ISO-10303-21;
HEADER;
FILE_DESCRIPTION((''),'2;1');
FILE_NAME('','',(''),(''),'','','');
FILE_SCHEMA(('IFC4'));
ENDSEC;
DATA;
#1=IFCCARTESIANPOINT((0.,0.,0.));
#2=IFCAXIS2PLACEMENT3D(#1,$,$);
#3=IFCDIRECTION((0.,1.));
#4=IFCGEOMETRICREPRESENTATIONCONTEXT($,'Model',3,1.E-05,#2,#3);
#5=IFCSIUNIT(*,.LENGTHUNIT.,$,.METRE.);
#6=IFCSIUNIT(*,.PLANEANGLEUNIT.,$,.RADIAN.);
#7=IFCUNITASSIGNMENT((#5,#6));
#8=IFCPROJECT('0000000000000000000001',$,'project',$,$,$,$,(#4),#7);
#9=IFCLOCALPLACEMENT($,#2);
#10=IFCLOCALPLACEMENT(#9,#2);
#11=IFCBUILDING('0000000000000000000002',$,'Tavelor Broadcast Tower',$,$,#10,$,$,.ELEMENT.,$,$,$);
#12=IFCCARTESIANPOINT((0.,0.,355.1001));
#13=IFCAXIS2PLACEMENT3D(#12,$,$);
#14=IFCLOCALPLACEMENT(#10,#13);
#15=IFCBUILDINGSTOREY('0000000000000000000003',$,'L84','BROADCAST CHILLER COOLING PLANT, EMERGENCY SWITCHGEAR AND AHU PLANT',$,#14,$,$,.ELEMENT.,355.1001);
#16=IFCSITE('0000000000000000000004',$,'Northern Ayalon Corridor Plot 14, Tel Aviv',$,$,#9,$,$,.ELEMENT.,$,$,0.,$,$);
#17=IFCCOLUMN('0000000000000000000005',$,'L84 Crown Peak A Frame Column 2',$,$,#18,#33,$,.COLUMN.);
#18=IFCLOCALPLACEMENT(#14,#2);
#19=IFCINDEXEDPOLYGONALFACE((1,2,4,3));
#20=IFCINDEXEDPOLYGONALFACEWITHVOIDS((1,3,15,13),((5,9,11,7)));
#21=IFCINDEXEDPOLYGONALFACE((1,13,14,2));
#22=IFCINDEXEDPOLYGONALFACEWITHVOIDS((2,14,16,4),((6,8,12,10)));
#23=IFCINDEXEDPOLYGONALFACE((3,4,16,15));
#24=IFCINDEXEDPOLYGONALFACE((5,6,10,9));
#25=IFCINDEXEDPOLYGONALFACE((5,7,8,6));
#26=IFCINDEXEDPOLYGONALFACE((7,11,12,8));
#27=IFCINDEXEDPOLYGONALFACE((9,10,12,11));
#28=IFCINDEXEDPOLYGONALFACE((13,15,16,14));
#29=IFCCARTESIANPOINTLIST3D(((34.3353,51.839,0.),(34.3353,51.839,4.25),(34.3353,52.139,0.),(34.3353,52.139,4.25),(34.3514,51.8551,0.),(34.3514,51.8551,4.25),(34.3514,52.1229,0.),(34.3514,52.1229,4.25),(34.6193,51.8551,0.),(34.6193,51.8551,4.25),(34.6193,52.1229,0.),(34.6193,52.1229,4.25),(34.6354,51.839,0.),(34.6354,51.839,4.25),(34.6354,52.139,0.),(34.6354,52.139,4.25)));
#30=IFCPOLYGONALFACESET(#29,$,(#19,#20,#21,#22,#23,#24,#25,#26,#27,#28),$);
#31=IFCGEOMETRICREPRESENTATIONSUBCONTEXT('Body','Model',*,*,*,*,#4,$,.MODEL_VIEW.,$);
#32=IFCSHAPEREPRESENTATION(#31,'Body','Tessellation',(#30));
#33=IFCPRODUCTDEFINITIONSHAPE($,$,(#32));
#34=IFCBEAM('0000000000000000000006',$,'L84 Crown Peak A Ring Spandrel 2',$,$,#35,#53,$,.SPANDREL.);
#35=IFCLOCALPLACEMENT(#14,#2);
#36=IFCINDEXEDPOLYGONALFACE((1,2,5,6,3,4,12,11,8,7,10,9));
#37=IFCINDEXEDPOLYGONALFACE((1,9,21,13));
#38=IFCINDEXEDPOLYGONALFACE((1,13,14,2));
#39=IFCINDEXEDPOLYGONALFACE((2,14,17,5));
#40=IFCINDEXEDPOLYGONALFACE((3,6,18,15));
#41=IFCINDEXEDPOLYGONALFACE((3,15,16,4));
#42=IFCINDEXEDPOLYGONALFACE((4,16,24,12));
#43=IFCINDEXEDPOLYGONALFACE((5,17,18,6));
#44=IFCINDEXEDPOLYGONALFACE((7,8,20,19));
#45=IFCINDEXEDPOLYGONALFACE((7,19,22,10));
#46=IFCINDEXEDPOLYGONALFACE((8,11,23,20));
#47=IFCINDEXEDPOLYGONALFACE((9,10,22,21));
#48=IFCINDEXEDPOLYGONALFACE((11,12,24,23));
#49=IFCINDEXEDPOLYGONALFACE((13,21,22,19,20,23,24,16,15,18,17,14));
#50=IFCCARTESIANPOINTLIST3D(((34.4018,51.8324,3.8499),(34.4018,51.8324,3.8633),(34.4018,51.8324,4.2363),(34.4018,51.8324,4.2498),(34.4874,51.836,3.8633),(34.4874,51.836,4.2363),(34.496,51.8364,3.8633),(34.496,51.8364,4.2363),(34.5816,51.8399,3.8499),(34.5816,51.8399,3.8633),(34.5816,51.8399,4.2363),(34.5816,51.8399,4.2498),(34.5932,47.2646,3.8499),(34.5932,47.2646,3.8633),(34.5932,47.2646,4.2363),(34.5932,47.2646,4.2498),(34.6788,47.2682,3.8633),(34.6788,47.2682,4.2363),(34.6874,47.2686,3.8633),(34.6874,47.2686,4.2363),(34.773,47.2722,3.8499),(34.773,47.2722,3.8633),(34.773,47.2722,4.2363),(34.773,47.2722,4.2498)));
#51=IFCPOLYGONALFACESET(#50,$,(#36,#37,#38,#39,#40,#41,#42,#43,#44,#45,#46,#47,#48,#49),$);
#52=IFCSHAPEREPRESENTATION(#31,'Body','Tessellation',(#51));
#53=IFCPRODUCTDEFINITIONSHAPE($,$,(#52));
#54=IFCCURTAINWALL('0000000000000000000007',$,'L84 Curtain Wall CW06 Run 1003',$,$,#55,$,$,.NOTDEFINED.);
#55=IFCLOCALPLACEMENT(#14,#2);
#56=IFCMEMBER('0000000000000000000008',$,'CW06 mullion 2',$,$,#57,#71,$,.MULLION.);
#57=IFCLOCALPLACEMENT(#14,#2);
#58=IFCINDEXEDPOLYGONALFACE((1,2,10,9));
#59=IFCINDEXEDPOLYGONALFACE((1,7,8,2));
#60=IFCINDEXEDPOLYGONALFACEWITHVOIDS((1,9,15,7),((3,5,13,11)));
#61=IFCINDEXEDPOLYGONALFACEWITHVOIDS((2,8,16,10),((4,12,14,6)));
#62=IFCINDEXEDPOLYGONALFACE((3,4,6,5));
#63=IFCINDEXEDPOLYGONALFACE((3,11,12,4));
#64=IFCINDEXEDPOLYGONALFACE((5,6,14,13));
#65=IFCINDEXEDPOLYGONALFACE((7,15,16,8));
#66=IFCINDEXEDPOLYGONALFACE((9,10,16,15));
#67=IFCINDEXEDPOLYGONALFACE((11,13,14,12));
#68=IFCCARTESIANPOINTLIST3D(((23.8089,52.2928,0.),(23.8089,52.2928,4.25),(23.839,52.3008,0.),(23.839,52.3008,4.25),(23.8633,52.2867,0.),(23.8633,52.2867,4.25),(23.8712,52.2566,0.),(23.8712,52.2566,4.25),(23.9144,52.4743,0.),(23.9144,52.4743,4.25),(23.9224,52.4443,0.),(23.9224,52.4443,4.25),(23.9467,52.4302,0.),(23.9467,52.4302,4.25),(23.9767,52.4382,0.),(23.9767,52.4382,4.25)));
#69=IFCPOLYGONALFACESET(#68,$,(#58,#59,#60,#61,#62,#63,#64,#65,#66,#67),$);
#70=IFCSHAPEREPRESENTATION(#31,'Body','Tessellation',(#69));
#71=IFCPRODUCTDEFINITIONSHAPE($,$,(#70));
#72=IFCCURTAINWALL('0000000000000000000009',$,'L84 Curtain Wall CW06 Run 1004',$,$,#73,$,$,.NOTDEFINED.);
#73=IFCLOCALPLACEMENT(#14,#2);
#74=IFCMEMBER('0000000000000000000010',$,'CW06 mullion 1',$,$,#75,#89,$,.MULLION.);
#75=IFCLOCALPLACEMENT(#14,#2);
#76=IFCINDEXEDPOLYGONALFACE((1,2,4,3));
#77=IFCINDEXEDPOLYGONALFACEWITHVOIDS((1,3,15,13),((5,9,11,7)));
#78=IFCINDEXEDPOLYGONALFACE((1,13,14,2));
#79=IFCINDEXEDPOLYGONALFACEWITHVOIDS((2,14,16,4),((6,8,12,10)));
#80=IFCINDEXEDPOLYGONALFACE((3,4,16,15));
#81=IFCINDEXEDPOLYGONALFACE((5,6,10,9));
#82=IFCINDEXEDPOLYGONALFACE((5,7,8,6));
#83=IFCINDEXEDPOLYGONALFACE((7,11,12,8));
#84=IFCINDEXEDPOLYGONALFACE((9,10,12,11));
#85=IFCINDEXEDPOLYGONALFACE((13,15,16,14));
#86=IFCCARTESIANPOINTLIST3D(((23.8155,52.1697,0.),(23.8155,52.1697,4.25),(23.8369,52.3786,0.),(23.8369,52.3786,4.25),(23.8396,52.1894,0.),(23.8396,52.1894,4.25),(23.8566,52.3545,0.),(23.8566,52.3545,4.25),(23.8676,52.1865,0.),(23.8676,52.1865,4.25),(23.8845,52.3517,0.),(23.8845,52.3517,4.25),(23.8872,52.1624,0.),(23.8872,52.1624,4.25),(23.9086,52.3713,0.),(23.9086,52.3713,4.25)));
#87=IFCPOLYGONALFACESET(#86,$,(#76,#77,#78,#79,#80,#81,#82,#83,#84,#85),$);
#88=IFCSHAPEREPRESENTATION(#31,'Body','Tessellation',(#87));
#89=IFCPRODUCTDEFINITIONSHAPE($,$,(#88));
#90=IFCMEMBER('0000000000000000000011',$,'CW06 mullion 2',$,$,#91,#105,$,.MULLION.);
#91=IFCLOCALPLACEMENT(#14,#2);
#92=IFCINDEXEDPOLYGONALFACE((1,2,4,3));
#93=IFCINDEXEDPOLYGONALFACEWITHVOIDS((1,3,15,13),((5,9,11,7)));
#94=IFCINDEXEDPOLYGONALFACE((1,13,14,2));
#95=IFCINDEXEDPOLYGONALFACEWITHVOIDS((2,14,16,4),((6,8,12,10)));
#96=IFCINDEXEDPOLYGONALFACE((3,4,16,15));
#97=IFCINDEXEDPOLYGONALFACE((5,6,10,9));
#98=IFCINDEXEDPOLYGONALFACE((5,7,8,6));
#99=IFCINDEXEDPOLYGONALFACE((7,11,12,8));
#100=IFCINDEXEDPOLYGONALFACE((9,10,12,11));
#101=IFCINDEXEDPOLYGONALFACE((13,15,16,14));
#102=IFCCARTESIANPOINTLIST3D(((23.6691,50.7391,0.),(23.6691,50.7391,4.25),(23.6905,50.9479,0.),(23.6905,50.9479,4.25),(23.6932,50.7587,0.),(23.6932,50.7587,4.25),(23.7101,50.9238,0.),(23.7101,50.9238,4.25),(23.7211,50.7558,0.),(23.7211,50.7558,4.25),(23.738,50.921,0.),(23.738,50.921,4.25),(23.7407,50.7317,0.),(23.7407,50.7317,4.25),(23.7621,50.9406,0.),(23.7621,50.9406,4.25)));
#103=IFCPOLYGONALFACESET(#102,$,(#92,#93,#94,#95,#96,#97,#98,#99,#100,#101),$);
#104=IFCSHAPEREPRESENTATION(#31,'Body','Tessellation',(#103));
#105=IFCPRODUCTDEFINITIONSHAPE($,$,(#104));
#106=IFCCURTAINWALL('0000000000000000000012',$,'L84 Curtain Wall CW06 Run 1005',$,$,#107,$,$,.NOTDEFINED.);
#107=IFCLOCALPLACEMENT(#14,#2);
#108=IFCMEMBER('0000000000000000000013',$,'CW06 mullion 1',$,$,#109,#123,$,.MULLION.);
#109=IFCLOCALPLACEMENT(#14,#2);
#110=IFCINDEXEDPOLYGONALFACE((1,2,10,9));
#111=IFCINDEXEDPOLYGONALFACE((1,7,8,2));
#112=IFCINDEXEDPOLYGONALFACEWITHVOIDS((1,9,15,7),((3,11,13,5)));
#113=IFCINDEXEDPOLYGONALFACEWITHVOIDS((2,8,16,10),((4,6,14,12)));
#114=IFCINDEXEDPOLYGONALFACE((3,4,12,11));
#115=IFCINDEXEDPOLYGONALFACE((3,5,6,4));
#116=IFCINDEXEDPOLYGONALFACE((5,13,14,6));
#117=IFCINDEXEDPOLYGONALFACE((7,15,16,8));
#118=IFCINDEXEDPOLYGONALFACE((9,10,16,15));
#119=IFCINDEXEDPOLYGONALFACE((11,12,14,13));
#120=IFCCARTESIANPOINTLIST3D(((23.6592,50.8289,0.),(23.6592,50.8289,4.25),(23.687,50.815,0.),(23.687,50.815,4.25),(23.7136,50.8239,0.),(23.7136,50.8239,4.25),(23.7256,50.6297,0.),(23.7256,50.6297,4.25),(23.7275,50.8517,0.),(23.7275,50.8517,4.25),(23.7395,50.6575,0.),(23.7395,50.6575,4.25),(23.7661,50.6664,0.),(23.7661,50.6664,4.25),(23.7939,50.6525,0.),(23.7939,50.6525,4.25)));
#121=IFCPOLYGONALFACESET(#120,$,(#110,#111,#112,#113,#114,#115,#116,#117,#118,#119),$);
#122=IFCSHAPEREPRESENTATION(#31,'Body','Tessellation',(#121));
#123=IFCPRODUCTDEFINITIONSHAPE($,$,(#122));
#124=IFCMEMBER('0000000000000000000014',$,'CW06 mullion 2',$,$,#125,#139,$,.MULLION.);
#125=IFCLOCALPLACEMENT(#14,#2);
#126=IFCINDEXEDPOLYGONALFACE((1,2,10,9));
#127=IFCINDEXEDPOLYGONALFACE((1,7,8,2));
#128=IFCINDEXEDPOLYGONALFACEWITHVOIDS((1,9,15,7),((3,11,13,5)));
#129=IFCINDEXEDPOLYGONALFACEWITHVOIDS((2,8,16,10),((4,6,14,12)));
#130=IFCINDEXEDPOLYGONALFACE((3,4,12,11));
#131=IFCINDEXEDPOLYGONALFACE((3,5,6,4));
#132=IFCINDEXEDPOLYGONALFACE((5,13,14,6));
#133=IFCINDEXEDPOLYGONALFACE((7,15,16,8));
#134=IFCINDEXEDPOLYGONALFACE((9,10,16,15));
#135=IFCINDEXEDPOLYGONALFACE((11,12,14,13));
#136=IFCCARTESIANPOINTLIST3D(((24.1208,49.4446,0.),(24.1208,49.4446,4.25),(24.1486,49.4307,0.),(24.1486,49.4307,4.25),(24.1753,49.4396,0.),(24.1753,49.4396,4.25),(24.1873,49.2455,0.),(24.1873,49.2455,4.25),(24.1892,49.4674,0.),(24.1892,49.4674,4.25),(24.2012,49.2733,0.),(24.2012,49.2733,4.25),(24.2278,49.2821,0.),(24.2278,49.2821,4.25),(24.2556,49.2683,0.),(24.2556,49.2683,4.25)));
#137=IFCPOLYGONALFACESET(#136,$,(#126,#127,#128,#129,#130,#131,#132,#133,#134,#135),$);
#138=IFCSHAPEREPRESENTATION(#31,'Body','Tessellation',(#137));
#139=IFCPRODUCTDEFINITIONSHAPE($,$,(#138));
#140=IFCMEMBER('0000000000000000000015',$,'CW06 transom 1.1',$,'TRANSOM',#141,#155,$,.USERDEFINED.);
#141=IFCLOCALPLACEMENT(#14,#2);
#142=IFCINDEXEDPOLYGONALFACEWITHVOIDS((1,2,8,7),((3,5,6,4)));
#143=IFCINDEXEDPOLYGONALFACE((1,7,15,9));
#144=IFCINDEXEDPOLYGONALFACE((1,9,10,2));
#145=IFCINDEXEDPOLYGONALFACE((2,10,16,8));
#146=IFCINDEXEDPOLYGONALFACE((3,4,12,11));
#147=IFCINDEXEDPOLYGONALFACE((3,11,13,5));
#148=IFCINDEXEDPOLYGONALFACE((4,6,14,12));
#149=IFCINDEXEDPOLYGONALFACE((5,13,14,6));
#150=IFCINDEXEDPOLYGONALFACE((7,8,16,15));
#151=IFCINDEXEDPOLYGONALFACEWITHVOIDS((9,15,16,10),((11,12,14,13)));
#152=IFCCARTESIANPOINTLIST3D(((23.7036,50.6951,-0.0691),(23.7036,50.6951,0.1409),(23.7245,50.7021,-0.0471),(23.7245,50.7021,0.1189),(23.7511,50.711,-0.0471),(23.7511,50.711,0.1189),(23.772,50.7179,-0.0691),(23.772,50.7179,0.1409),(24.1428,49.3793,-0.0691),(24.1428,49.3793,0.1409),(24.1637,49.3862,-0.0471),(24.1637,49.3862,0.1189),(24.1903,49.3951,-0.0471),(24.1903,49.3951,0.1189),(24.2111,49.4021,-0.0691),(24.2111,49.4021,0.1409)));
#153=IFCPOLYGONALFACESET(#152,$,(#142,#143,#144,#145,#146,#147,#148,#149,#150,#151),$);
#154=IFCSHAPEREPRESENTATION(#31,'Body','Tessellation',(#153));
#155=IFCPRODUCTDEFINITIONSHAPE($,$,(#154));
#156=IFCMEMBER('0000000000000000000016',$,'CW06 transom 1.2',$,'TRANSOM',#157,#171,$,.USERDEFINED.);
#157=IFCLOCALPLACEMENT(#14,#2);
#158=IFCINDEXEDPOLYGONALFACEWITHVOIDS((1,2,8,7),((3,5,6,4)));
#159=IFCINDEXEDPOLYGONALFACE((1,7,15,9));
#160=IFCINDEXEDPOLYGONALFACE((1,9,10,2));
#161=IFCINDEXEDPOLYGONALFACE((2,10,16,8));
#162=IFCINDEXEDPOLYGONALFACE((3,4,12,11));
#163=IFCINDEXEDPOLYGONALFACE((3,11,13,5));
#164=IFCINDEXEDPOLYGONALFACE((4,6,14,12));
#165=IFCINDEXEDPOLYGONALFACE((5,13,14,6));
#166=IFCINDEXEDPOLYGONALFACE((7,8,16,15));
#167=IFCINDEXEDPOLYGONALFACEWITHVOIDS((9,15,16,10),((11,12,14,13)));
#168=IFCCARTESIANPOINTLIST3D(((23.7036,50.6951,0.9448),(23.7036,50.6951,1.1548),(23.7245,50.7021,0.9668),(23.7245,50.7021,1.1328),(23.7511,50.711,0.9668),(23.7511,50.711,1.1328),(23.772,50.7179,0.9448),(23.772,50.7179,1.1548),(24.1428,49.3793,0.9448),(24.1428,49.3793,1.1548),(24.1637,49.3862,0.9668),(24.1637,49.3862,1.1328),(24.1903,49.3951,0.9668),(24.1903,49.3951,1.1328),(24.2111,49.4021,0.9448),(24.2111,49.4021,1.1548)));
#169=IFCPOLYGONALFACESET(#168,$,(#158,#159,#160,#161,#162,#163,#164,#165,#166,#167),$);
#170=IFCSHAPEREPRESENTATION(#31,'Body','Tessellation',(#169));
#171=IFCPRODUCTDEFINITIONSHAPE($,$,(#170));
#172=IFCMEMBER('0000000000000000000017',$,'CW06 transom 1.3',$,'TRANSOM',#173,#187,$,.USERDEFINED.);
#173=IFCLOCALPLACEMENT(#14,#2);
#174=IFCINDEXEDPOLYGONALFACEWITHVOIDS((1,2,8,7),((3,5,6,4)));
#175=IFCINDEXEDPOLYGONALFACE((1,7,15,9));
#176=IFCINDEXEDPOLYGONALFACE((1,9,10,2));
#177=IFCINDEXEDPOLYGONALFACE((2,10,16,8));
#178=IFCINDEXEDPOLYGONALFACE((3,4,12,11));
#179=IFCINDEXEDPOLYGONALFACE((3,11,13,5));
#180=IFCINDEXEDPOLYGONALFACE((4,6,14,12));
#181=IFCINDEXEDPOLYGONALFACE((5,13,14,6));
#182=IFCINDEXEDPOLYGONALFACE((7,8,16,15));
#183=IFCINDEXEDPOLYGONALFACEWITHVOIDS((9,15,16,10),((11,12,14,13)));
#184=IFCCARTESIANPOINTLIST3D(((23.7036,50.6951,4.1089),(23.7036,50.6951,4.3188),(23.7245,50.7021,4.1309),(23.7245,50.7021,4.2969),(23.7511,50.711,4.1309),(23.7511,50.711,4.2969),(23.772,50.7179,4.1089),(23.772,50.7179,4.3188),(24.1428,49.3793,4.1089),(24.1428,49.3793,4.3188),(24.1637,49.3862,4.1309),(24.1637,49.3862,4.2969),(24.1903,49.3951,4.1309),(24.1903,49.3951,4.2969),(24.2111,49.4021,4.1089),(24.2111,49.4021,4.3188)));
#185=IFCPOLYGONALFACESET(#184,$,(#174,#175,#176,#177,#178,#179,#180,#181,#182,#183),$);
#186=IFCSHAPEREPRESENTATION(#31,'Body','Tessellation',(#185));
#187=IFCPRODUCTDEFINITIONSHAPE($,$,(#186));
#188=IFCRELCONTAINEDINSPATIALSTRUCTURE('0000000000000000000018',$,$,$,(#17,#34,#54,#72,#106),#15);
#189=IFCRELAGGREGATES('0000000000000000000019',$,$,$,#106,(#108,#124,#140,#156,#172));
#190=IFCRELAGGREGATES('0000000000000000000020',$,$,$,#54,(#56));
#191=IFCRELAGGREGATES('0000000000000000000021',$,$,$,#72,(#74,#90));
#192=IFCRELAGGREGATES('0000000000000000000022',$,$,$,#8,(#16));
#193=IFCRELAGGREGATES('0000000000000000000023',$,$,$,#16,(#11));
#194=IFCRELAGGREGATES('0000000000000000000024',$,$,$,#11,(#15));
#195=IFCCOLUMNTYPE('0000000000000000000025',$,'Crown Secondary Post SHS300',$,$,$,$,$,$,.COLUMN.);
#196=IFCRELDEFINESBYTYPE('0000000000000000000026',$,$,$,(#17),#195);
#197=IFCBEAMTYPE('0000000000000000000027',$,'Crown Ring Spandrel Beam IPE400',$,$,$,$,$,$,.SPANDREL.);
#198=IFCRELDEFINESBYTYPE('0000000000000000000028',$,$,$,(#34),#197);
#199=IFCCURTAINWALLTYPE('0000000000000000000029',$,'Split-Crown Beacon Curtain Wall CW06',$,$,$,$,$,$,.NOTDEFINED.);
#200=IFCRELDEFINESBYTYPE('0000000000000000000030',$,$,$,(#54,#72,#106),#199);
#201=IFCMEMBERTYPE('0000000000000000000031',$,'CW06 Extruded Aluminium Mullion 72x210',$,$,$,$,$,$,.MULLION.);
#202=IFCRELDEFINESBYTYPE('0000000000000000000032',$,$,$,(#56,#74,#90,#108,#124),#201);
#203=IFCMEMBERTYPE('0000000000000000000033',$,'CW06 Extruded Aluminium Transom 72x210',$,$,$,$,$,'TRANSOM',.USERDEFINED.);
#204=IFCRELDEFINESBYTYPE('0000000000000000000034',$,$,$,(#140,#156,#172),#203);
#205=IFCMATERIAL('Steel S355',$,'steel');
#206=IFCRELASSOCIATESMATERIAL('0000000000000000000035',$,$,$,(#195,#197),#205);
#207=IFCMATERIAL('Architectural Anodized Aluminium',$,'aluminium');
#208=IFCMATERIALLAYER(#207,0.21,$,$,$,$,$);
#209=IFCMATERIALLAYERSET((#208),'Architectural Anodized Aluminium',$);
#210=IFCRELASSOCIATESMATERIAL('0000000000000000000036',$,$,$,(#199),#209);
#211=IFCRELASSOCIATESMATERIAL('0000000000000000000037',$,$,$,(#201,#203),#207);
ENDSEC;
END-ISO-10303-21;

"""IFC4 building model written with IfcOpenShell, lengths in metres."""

from ifc_helpers import new_model, si_unit, direction, frame, origin, origin_2d, place, context, subcontext, project, spatial, hollow_rectangle, i_section, extrude, source, transform, mapped, material, layer, layer_set, material_profile, profile_set, type_object, type_shapes, element, aggregate, save


model = new_model("IFC4")

# Units and contexts
model_context = context("Model", 3, precision=1e-05, world=origin(), true_north=direction((0.0, 1.0)))
body_context = subcontext(model_context, "Body", "Model", "MODEL_VIEW")
ifc_project = project(units=[si_unit("LENGTHUNIT", "METRE"), si_unit("PLANEANGLEUNIT", "RADIAN")], contexts=[model_context])

# Site, building, storey
site_placement = place(None, origin())
site = spatial("IfcSite", under=ifc_project, at=site_placement, Name="Northern Ayalon Corridor Plot 14, Tel Aviv", CompositionType="ELEMENT", RefElevation=0.0)
building_placement = place(site_placement, origin())
building = spatial("IfcBuilding", under=site, at=building_placement, Name="Tavelor Broadcast Tower", CompositionType="ELEMENT")
storey_placement = place(building_placement, frame((0.0, 0.0, 355.1001)))
storey = spatial("IfcBuildingStorey", under=building, at=storey_placement, Name="L84", Description="BROADCAST CHILLER COOLING PLANT, EMERGENCY SWITCHGEAR AND AHU PLANT", CompositionType="ELEMENT", Elevation=355.1001)

# Column
ifc_material_1 = material(Name="Steel S355", Category="steel")
ifc_material_profile_1 = material_profile(ifc_material_1, hollow_rectangle(XDim=0.3, YDim=0.3, WallThickness=0.0161, at=origin_2d()), Name="SHS 300x300x16")
ifc_profile_set_1 = profile_set([ifc_material_profile_1], Name="Steel S355")
column_type = type_object("IfcColumnType", Name="Crown Secondary Post SHS300", PredefinedType="COLUMN", material=ifc_profile_set_1)
column_placement = place(storey_placement, frame((34.4854, 51.989, 0.0), z_axis=(0.0, 0.0, 1.0), x_axis=(1.0, 0.0, 0.0)))
element("IfcColumn", 1, at=column_placement, inside=storey, type_object=column_type, Name="L84 Crown Peak A Frame Column 2", PredefinedType="COLUMN", context=body_context, shape_type="SweptSolid", body=[
    extrude(hollow_rectangle(XDim=0.3, YDim=0.3, WallThickness=0.0161, at=origin_2d()), origin(), (0.0, 0.0, 1.0), 4.25),
])

# Beam
ifc_material_profile_2 = material_profile(ifc_material_1, i_section(OverallWidth=0.1799, OverallDepth=0.3999, WebThickness=0.0085, FlangeThickness=0.0134, at=origin_2d()), Name="IPE 400")
ifc_profile_set_2 = profile_set([ifc_material_profile_2], Name="Steel S355")
beam_type = type_object("IfcBeamType", Name="Crown Ring Spandrel Beam IPE400", PredefinedType="SPANDREL", material=ifc_profile_set_2)
beam_placement = place(storey_placement, frame((34.4917, 51.8362, 4.0498), z_axis=(0.041866, -0.999123, 0.0), x_axis=(0.999123, 0.041866, 0.0)))
element("IfcBeam", 2, at=beam_placement, inside=storey, type_object=beam_type, Name="L84 Crown Peak A Ring Spandrel 2", PredefinedType="SPANDREL", context=body_context, shape_type="SweptSolid", body=[
    extrude(i_section(OverallWidth=0.1799, OverallDepth=0.3999, WebThickness=0.0085, FlangeThickness=0.0134, at=origin_2d()), origin(), (0.0, 0.0, 1.0), 4.5718),
])

# Curtain wall, member
ifc_material_2 = material(Name="Architectural Anodized Aluminium", Category="aluminium")
ifc_layer_1 = layer(ifc_material_2, 0.21)
ifc_layer_set_1 = layer_set([ifc_layer_1], Name="Architectural Anodized Aluminium")
curtain_wall_type = type_object("IfcCurtainWallType", Name="Split-Crown Beacon Curtain Wall CW06", PredefinedType="NOTDEFINED", material=ifc_layer_set_1)
curtain_wall_1_placement = place(storey_placement, origin())
curtain_wall_1 = element("IfcCurtainWall", 3, at=curtain_wall_1_placement, inside=storey, type_object=curtain_wall_type, Name="L84 Curtain Wall CW06 Run 1003", PredefinedType="NOTDEFINED")
ifc_material_profile_3 = material_profile(ifc_material_2, hollow_rectangle(XDim=0.072, YDim=0.21, WallThickness=0.022, at=origin_2d()), Name="RHS 72x210x22")
ifc_profile_set_3 = profile_set([ifc_material_profile_3], Name="Architectural Anodized Aluminium")
member_type_1 = type_object("IfcMemberType", Name="CW06 Extruded Aluminium Mullion 72x210", PredefinedType="MULLION", material=ifc_profile_set_3)
shared_shape_1 = source(origin(), body_context, "Body", "SweptSolid", [
    extrude(hollow_rectangle(XDim=0.072, YDim=0.21, WallThickness=0.022, at=origin_2d()), origin(), (0.0, 0.0, 1.0), 4.25),
])
type_shapes(member_type_1, [shared_shape_1])
member_1_placement = place(storey_placement, frame((23.8928, 52.3655, 0.0), z_axis=(0.0, 0.0, 1.0), x_axis=(0.864676, -0.50233, 0.0)))
member_1 = element("IfcMember", 4, at=member_1_placement, type_object=member_type_1, Name="CW06 mullion 2", PredefinedType="MULLION", context=body_context, shape_type="MappedRepresentation", body=[
    mapped(shared_shape_1, transform((0.0, 0.0, 0.0), scale=1.0)),
])

# Curtain walls, members
curtain_wall_2_placement = place(storey_placement, origin())
curtain_wall_2 = element("IfcCurtainWall", 5, at=curtain_wall_2_placement, inside=storey, type_object=curtain_wall_type, Name="L84 Curtain Wall CW06 Run 1004", PredefinedType="NOTDEFINED")
member_2_placement = place(storey_placement, frame((23.8621, 52.2705, 0.0), z_axis=(0.0, 0.0, 1.0), x_axis=(0.994794, -0.101903, 0.0)))
member_2 = element("IfcMember", 6, at=member_2_placement, type_object=member_type_1, Name="CW06 mullion 1", PredefinedType="MULLION", context=body_context, shape_type="MappedRepresentation", body=[
    mapped(shared_shape_1, transform((0.0, 0.0, 0.0), scale=1.0)),
])
member_3_placement = place(storey_placement, frame((23.7156, 50.8398, 0.0), z_axis=(0.0, 0.0, 1.0), x_axis=(0.994794, -0.101903, 0.0)))
member_3 = element("IfcMember", 7, at=member_3_placement, type_object=member_type_1, Name="CW06 mullion 2", PredefinedType="MULLION", context=body_context, shape_type="MappedRepresentation", body=[
    mapped(shared_shape_1, transform((0.0, 0.0, 0.0), scale=1.0)),
])
curtain_wall_3_placement = place(storey_placement, origin())
curtain_wall_3 = element("IfcCurtainWall", 8, at=curtain_wall_3_placement, inside=storey, type_object=curtain_wall_type, Name="L84 Curtain Wall CW06 Run 1005", PredefinedType="NOTDEFINED")
member_4_placement = place(storey_placement, frame((23.7266, 50.7407, 0.0), z_axis=(0.0, 0.0, 1.0), x_axis=(0.948598, 0.316482, 0.0)))
member_4 = element("IfcMember", 9, at=member_4_placement, type_object=member_type_1, Name="CW06 mullion 1", PredefinedType="MULLION", context=body_context, shape_type="MappedRepresentation", body=[
    mapped(shared_shape_1, transform((0.0, 0.0, 0.0), scale=1.0)),
])
member_5_placement = place(storey_placement, frame((24.1882, 49.3564, 0.0), z_axis=(0.0, 0.0, 1.0), x_axis=(0.948598, 0.316482, 0.0)))
member_5 = element("IfcMember", 10, at=member_5_placement, type_object=member_type_1, Name="CW06 mullion 2", PredefinedType="MULLION", context=body_context, shape_type="MappedRepresentation", body=[
    mapped(shared_shape_1, transform((0.0, 0.0, 0.0), scale=1.0)),
])
ifc_material_profile_4 = material_profile(ifc_material_2, hollow_rectangle(XDim=0.072, YDim=0.21, WallThickness=0.022, at=origin_2d()), Name="RHS 72x210x22")
ifc_profile_set_4 = profile_set([ifc_material_profile_4], Name="Architectural Anodized Aluminium")
member_type_2 = type_object("IfcMemberType", Name="CW06 Extruded Aluminium Transom 72x210", ElementType="TRANSOM", PredefinedType="USERDEFINED", material=ifc_profile_set_4)
shared_shape_2 = source(origin(), body_context, "Body", "SweptSolid", [
    extrude(hollow_rectangle(XDim=0.072, YDim=0.21, WallThickness=0.022, at=origin_2d()), origin(), (0.0, 0.0, 1.0), 1.3872),
])
member_6_placement = place(storey_placement, frame((23.7378, 50.7065, 0.0359), z_axis=(0.316597, -0.94856, 0.0), x_axis=(0.94856, 0.316597, 0.0)))
member_6 = element("IfcMember", 11, at=member_6_placement, type_object=member_type_2, Name="CW06 transom 1.1", ObjectType="TRANSOM", PredefinedType="USERDEFINED", context=body_context, shape_type="MappedRepresentation", body=[
    mapped(shared_shape_2, transform((0.0, 0.0, 0.0), scale=1.0)),
])
member_7_placement = place(storey_placement, frame((23.7378, 50.7065, 1.0498), z_axis=(0.316597, -0.94856, 0.0), x_axis=(0.94856, 0.316597, 0.0)))
member_7 = element("IfcMember", 12, at=member_7_placement, type_object=member_type_2, Name="CW06 transom 1.2", ObjectType="TRANSOM", PredefinedType="USERDEFINED", context=body_context, shape_type="MappedRepresentation", body=[
    mapped(shared_shape_2, transform((0.0, 0.0, 0.0), scale=1.0)),
])
member_8_placement = place(storey_placement, frame((23.7378, 50.7065, 4.2139), z_axis=(0.316597, -0.94856, 0.0), x_axis=(0.94856, 0.316597, 0.0)))
member_8 = element("IfcMember", 13, at=member_8_placement, type_object=member_type_2, Name="CW06 transom 1.3", ObjectType="TRANSOM", PredefinedType="USERDEFINED", context=body_context, shape_type="MappedRepresentation", body=[
    mapped(shared_shape_2, transform((0.0, 0.0, 0.0), scale=1.0)),
])

aggregate(curtain_wall_3, [member_4, member_5, member_6, member_7, member_8])
aggregate(curtain_wall_1, [member_1])
aggregate(curtain_wall_2, [member_2, member_3])

save(model, "model.ifc")
